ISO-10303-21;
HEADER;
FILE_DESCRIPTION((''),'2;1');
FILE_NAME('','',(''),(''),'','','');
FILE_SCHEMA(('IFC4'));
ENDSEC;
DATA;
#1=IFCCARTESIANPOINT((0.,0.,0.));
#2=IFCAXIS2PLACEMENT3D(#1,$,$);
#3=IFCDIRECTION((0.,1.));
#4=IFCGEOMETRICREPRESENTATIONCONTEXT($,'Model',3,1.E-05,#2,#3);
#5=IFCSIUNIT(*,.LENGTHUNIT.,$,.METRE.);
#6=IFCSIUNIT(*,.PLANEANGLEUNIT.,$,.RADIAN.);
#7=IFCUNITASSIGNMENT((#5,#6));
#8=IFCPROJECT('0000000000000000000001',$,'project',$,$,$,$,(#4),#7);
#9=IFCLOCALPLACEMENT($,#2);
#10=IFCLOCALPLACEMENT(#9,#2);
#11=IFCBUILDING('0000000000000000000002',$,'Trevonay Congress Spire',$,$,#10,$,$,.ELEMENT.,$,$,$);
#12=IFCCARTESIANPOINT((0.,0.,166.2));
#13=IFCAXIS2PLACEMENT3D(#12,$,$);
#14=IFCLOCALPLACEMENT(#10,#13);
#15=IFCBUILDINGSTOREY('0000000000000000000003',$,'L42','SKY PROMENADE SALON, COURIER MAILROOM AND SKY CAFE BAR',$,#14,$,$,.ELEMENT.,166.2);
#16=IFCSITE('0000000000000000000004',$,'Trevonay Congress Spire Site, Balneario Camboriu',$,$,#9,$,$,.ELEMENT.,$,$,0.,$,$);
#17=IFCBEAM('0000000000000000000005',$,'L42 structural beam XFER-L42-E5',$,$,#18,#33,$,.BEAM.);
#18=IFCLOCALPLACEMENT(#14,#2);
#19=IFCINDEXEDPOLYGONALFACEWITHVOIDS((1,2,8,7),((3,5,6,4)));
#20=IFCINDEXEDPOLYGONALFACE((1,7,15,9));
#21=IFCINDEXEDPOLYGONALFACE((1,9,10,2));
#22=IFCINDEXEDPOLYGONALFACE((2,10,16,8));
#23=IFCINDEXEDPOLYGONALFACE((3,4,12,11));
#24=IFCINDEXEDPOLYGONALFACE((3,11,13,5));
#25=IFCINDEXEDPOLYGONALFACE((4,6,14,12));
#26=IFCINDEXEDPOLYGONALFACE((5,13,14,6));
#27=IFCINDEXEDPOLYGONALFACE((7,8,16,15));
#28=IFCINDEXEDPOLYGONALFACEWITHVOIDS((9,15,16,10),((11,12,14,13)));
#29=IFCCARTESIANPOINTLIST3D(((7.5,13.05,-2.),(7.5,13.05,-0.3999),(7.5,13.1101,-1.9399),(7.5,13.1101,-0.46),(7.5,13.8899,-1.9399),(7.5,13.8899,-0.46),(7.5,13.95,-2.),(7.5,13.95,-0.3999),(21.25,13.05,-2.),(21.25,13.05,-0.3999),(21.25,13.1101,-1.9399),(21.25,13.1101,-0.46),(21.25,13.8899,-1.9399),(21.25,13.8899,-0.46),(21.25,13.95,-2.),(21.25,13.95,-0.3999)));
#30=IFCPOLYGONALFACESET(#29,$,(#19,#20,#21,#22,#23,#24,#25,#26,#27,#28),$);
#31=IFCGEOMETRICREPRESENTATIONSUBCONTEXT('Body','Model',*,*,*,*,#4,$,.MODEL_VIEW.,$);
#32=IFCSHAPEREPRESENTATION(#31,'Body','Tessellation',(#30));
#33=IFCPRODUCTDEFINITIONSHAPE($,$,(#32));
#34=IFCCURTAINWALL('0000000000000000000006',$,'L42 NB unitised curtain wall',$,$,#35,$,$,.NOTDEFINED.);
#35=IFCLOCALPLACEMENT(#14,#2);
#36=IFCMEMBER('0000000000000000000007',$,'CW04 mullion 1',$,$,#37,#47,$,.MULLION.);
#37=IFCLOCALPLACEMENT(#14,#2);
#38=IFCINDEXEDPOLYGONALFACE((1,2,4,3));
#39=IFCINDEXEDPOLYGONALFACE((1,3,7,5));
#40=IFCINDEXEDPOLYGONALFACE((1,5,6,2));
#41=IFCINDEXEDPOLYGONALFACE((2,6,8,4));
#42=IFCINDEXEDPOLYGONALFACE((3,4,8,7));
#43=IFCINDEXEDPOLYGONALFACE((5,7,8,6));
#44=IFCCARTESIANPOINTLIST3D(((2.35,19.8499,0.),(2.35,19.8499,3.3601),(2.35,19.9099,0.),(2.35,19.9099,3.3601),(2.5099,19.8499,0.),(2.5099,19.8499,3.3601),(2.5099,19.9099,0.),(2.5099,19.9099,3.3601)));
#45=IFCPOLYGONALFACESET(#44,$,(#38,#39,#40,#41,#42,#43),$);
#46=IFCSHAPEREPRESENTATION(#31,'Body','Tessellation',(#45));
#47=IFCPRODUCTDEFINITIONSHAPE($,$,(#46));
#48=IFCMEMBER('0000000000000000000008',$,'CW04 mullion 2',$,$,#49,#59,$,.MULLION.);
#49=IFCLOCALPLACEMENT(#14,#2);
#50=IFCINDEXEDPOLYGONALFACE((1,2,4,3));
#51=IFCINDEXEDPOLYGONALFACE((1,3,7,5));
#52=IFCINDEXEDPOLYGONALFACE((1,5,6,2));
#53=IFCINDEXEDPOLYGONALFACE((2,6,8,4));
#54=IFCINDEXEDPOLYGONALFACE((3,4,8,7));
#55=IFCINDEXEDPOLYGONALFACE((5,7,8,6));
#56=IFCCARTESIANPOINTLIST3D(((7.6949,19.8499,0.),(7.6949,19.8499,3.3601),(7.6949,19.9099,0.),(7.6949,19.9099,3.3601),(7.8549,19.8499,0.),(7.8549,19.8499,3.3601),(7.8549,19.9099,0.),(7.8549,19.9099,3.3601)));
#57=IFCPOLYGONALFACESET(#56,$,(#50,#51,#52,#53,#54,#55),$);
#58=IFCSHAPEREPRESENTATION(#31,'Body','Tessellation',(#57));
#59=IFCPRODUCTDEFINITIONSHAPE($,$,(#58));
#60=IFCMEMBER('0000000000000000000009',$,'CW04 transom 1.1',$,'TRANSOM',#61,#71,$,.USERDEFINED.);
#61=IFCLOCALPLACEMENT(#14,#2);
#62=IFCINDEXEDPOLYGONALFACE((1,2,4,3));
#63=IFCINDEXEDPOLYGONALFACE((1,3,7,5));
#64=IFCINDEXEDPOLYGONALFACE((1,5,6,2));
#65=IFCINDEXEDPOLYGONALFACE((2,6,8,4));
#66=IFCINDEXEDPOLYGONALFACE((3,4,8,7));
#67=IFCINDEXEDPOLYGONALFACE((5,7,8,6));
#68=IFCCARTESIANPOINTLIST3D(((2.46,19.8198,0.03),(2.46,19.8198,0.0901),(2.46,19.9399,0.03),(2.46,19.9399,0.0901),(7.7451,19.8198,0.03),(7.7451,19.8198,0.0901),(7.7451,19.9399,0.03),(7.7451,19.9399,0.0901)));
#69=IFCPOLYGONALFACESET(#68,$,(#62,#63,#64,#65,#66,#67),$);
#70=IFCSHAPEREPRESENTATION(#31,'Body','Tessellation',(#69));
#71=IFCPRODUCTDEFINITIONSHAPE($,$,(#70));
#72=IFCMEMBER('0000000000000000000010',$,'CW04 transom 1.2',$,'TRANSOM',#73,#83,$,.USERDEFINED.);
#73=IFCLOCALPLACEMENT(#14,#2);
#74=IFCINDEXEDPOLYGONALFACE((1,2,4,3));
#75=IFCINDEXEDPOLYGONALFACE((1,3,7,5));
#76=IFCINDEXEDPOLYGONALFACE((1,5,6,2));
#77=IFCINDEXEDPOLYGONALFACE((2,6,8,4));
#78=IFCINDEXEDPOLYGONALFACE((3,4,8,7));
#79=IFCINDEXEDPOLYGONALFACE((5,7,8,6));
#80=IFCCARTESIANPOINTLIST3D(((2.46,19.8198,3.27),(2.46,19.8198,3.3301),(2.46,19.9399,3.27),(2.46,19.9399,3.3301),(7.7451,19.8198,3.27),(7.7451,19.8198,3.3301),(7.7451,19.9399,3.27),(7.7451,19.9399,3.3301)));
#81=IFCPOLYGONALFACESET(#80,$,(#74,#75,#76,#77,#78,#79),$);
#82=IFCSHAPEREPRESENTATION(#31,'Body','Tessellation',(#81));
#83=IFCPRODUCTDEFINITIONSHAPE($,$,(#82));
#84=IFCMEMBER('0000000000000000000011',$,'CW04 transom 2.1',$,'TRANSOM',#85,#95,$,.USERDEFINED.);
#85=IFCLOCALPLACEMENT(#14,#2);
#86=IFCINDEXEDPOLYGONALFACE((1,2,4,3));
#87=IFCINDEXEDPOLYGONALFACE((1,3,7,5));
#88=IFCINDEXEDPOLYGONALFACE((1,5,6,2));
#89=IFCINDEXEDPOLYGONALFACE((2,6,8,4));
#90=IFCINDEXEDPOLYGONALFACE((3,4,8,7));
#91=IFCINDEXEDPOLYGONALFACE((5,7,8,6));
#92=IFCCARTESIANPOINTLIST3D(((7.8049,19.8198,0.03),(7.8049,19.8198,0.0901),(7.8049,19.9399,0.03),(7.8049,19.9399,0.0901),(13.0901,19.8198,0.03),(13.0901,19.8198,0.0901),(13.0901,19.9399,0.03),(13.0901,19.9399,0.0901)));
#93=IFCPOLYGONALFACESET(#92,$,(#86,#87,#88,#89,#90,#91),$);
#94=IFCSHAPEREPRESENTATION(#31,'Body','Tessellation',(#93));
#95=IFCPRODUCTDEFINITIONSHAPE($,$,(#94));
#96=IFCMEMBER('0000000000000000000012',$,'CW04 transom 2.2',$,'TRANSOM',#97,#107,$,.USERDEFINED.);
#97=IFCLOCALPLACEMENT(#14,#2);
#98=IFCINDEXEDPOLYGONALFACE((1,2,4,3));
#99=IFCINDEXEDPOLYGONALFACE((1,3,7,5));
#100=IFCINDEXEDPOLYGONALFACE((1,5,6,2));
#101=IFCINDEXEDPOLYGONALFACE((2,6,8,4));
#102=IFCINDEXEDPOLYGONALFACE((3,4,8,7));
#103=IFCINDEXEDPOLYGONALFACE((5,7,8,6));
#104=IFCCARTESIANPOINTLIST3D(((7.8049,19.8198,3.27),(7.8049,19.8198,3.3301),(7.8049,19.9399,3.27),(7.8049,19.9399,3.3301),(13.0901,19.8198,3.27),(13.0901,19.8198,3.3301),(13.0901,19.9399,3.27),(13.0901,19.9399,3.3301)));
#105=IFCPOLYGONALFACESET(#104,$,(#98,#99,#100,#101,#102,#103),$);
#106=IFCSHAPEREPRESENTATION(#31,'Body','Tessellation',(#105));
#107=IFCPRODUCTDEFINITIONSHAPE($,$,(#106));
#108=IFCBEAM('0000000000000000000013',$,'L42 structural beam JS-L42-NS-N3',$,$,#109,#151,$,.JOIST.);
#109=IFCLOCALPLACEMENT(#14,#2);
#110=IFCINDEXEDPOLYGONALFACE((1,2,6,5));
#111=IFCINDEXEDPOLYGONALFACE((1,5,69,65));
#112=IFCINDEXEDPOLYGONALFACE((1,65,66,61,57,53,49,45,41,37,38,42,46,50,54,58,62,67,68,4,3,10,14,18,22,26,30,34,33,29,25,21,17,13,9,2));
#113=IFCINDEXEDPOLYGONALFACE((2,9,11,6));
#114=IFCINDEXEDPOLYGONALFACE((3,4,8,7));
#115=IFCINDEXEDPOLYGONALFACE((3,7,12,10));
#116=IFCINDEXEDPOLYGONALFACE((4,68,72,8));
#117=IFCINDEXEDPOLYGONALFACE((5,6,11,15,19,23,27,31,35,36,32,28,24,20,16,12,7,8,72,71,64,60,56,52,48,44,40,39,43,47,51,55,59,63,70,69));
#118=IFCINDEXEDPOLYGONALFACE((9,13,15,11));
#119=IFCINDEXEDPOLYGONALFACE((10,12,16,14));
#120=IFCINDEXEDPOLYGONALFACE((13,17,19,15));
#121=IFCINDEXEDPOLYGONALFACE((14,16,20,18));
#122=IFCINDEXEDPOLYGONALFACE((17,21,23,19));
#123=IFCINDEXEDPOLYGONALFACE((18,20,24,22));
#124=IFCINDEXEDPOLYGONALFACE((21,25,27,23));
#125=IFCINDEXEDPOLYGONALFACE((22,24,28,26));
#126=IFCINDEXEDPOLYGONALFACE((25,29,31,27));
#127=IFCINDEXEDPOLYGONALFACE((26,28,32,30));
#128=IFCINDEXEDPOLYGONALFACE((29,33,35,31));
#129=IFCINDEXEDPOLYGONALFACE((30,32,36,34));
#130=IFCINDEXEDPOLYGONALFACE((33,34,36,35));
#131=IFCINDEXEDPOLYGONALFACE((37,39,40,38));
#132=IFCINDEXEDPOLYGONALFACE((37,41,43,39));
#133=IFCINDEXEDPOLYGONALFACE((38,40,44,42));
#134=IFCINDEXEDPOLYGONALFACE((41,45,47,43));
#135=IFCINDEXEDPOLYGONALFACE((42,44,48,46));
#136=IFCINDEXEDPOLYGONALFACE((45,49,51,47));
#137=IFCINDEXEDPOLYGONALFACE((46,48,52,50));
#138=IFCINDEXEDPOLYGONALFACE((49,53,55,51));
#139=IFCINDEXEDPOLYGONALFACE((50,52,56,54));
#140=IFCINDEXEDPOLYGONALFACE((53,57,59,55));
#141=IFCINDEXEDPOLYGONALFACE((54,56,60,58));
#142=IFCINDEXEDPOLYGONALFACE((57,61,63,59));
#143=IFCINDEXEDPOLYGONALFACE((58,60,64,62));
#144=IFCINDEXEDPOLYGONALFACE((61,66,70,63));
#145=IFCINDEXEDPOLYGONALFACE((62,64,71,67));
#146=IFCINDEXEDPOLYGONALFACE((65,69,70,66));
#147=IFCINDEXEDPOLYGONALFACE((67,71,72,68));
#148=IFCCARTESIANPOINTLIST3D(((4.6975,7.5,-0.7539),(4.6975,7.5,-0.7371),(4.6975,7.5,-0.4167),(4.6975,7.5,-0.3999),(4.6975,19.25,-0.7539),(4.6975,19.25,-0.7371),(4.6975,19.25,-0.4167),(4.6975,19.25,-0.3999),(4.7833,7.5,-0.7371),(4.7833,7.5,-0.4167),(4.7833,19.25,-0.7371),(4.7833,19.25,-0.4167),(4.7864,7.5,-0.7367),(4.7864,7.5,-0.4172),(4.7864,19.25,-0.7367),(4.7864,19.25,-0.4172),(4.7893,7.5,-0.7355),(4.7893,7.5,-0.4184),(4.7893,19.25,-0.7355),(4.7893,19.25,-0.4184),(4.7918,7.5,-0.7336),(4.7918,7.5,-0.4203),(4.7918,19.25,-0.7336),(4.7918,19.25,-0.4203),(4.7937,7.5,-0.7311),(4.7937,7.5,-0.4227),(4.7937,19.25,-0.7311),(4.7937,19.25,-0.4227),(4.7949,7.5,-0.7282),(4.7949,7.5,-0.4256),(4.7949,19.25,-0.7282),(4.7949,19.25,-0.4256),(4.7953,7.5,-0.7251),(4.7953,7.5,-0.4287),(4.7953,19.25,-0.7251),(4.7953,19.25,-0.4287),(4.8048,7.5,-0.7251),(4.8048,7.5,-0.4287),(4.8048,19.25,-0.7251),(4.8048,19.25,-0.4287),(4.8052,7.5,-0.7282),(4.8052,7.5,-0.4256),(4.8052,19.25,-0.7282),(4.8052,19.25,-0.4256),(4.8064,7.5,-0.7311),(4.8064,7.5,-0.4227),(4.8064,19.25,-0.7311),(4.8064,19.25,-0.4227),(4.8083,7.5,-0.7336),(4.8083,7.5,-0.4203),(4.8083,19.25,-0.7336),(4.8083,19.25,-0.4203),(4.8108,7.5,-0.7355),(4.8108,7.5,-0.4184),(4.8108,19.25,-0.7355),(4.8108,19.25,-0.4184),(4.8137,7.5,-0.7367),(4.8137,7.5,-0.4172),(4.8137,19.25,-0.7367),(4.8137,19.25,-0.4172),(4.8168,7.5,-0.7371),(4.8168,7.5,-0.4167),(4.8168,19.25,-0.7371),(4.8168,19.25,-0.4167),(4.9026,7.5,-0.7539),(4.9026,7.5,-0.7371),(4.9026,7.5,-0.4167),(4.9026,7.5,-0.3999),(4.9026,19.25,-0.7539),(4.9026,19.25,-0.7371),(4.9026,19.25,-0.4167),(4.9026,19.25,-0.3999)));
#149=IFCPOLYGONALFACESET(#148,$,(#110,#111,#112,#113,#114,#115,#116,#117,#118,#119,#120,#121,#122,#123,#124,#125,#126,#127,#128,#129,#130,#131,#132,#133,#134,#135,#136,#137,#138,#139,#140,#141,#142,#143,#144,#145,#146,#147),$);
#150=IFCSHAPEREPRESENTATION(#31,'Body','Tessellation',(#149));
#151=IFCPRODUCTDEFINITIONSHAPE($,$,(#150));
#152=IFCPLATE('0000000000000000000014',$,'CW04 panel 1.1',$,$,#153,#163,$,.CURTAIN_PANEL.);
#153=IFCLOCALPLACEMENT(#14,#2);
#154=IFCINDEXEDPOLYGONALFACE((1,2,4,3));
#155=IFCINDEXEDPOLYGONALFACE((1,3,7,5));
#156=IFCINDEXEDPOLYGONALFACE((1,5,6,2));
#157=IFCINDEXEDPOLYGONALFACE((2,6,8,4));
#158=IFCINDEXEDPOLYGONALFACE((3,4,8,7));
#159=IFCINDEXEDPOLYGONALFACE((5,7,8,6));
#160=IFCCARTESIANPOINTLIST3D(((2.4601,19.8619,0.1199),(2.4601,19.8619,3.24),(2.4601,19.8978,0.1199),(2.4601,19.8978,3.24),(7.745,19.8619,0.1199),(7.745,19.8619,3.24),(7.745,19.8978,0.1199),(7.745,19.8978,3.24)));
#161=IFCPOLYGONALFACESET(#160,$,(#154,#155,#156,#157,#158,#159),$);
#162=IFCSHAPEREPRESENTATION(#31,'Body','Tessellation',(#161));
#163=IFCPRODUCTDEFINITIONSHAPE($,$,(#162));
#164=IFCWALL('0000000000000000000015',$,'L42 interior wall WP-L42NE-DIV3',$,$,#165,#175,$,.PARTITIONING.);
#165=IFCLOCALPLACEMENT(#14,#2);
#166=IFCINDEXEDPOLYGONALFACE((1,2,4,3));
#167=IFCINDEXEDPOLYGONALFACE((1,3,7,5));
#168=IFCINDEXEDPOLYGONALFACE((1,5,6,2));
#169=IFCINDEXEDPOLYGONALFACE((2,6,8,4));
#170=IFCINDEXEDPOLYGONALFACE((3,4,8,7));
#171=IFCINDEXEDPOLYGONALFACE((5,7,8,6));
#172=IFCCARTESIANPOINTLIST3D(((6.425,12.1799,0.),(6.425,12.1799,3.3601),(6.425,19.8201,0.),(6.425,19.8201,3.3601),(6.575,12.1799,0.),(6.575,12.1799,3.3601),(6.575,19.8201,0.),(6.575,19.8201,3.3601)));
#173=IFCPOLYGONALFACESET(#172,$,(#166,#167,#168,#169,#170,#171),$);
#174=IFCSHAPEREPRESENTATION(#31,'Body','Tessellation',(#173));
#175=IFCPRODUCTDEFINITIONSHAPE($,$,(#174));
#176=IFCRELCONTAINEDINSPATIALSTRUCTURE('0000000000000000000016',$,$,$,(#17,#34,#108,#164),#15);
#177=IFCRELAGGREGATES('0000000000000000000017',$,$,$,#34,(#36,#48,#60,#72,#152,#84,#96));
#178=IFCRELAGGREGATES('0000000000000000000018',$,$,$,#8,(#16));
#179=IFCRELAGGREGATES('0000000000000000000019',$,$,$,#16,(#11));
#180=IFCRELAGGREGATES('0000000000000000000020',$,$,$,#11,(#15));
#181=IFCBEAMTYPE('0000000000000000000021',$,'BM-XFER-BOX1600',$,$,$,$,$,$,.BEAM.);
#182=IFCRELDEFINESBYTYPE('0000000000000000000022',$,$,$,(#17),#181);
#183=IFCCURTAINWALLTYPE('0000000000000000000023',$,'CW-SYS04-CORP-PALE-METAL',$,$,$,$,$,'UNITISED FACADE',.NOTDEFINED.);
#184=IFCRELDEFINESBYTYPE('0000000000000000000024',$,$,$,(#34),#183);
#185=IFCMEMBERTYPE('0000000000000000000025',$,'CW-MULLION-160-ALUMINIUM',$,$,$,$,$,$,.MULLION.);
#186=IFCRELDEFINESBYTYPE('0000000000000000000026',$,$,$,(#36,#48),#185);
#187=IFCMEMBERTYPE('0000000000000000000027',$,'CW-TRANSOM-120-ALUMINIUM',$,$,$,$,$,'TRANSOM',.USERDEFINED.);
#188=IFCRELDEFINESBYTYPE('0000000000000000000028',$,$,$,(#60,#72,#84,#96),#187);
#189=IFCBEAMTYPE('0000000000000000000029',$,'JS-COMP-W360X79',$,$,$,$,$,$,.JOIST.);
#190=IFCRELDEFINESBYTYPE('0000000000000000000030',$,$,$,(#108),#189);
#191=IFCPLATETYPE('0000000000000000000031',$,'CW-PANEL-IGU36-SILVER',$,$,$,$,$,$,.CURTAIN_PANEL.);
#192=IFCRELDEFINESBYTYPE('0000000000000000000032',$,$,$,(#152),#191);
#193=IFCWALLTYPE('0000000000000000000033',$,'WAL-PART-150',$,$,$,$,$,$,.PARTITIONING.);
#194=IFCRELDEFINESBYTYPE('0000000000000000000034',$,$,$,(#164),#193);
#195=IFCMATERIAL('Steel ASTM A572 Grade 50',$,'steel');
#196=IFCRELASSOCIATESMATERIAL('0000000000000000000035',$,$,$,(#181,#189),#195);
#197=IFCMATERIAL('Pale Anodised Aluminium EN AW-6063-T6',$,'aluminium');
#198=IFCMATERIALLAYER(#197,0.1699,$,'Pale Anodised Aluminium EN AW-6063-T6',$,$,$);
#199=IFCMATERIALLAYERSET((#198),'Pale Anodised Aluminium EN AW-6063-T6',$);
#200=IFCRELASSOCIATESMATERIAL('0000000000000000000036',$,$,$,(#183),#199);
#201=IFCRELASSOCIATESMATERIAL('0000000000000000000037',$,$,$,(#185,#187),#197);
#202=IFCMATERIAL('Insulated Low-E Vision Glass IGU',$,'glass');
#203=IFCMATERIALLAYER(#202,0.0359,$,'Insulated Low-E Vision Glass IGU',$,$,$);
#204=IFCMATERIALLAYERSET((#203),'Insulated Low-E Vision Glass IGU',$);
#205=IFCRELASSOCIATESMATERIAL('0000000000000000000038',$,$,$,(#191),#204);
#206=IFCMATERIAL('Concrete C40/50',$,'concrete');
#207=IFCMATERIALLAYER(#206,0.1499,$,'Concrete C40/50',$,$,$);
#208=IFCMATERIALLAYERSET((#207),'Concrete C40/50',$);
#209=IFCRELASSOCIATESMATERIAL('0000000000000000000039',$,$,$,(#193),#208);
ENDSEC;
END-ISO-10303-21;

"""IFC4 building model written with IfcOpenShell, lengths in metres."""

from ifc_helpers import new_model, si_unit, direction, frame, frame_2d, origin, origin_2d, place, context, subcontext, project, spatial, rectangle, hollow_rectangle, i_section, extrude, material, layer, layer_set, material_profile, profile_set, type_object, element, aggregate, save


model = new_model("IFC4")

# Units and contexts
model_context = context("Model", 3, precision=1e-05, world=origin(), true_north=direction((0.0, 1.0)))
body_context = subcontext(model_context, "Body", "Model", "MODEL_VIEW")
ifc_project = project(units=[si_unit("LENGTHUNIT", "METRE"), si_unit("PLANEANGLEUNIT", "RADIAN")], contexts=[model_context])

# Site, building, storey
site_placement = place(None, origin())
site = spatial("IfcSite", under=ifc_project, at=site_placement, Name="Trevonay Congress Spire Site, Balneario Camboriu", CompositionType="ELEMENT", RefElevation=0.0)
building_placement = place(site_placement, origin())
building = spatial("IfcBuilding", under=site, at=building_placement, Name="Trevonay Congress Spire", CompositionType="ELEMENT")
storey_placement = place(building_placement, frame((0.0, 0.0, 166.2)))
storey = spatial("IfcBuildingStorey", under=building, at=storey_placement, Name="L42", Description="SKY PROMENADE SALON, COURIER MAILROOM AND SKY CAFE BAR", CompositionType="ELEMENT", Elevation=166.2)

# Shared definitions
ifc_material_1 = material(Name="Steel ASTM A572 Grade 50", Category="steel")

# Beam
ifc_material_profile_1 = material_profile(ifc_material_1, hollow_rectangle(XDim=0.8999, YDim=1.6001, WallThickness=0.0601, at=origin_2d()), Name="BOX 1600x900x60")
ifc_profile_set_1 = profile_set([ifc_material_profile_1], Name="Steel ASTM A572 Grade 50")
beam_type_1 = type_object("IfcBeamType", Name="BM-XFER-BOX1600", PredefinedType="BEAM", material=ifc_profile_set_1)
for number, where, z_axis, x_axis, name in (
    (1, (7.5, 13.5, -1.2), (1.0, 0.0, 0.0), (0.0, 1.0, 0.0), "L42 structural beam XFER-L42-E5"),
):
    element("IfcBeam", number, at=place(storey_placement, frame(where, z_axis=z_axis, x_axis=x_axis)), inside=storey, type_object=beam_type_1, Name=name, PredefinedType="BEAM", context=body_context, shape_type="SweptSolid", body=[
        extrude(hollow_rectangle(XDim=0.8999, YDim=1.6001, WallThickness=0.0601, at=origin_2d()), origin(), (0.0, 0.0, 1.0), 13.75),
    ])

# Curtain wall, members
ifc_material_2 = material(Name="Pale Anodised Aluminium EN AW-6063-T6", Category="aluminium")
ifc_layer_1 = layer(ifc_material_2, 0.1699, Name="Pale Anodised Aluminium EN AW-6063-T6")
ifc_layer_set_1 = layer_set([ifc_layer_1], Name="Pale Anodised Aluminium EN AW-6063-T6")
curtain_wall_type = type_object("IfcCurtainWallType", Name="CW-SYS04-CORP-PALE-METAL", ElementType="UNITISED FACADE", PredefinedType="NOTDEFINED", material=ifc_layer_set_1)
curtain_wall_placement = place(storey_placement, origin())
curtain_wall = element("IfcCurtainWall", 2, at=curtain_wall_placement, inside=storey, type_object=curtain_wall_type, Name="L42 NB unitised curtain wall", PredefinedType="NOTDEFINED")
ifc_material_profile_2 = material_profile(ifc_material_2, rectangle(XDim=0.0601, YDim=0.1599, at=origin_2d()), Name="CW-MULLION-160-ALUMINIUM")
ifc_profile_set_2 = profile_set([ifc_material_profile_2], Name="Pale Anodised Aluminium EN AW-6063-T6")
member_type_1 = type_object("IfcMemberType", Name="CW-MULLION-160-ALUMINIUM", PredefinedType="MULLION", material=ifc_profile_set_2)
member_1_placement = place(storey_placement, frame((2.4299, 19.8799, 0.0), z_axis=(0.0, 0.0, 1.0), x_axis=(0.0, 1.0, 0.0)))
member_1 = element("IfcMember", 3, at=member_1_placement, type_object=member_type_1, Name="CW04 mullion 1", PredefinedType="MULLION", context=body_context, shape_type="SweptSolid", body=[
    extrude(rectangle(XDim=0.0601, YDim=0.1599, at=origin_2d()), origin(), (0.0, 0.0, 1.0), 3.3601),
])
member_2_placement = place(storey_placement, frame((7.7749, 19.8799, 0.0), z_axis=(0.0, 0.0, 1.0), x_axis=(0.0, 1.0, 0.0)))
member_2 = element("IfcMember", 4, at=member_2_placement, type_object=member_type_1, Name="CW04 mullion 2", PredefinedType="MULLION", context=body_context, shape_type="SweptSolid", body=[
    extrude(rectangle(XDim=0.0601, YDim=0.1599, at=origin_2d()), origin(), (0.0, 0.0, 1.0), 3.3601),
])
ifc_material_profile_3 = material_profile(ifc_material_2, rectangle(XDim=0.1201, YDim=0.0601, at=origin_2d()), Name="CW-TRANSOM-120-ALUMINIUM")
ifc_profile_set_3 = profile_set([ifc_material_profile_3], Name="Pale Anodised Aluminium EN AW-6063-T6")
member_type_2 = type_object("IfcMemberType", Name="CW-TRANSOM-120-ALUMINIUM", ElementType="TRANSOM", PredefinedType="USERDEFINED", material=ifc_profile_set_3)
member_3_placement = place(storey_placement, frame((2.46, 19.8799, 0.0601), z_axis=(1.0, 0.0, 0.0), x_axis=(0.0, 1.0, 0.0)))
member_3 = element("IfcMember", 5, at=member_3_placement, type_object=member_type_2, Name="CW04 transom 1.1", ObjectType="TRANSOM", PredefinedType="USERDEFINED", context=body_context, shape_type="SweptSolid", body=[
    extrude(rectangle(XDim=0.1201, YDim=0.0601, at=origin_2d()), origin(), (0.0, 0.0, 1.0), 5.2852),
])
member_4_placement = place(storey_placement, frame((2.46, 19.8799, 3.3), z_axis=(1.0, 0.0, 0.0), x_axis=(0.0, 1.0, 0.0)))
member_4 = element("IfcMember", 6, at=member_4_placement, type_object=member_type_2, Name="CW04 transom 1.2", ObjectType="TRANSOM", PredefinedType="USERDEFINED", context=body_context, shape_type="SweptSolid", body=[
    extrude(rectangle(XDim=0.1201, YDim=0.0601, at=origin_2d()), origin(), (0.0, 0.0, 1.0), 5.2852),
])
member_5_placement = place(storey_placement, frame((7.8049, 19.8799, 0.0601), z_axis=(1.0, 0.0, 0.0), x_axis=(0.0, 1.0, 0.0)))
member_5 = element("IfcMember", 7, at=member_5_placement, type_object=member_type_2, Name="CW04 transom 2.1", ObjectType="TRANSOM", PredefinedType="USERDEFINED", context=body_context, shape_type="SweptSolid", body=[
    extrude(rectangle(XDim=0.1201, YDim=0.0601, at=origin_2d()), origin(), (0.0, 0.0, 1.0), 5.2852),
])
member_6_placement = place(storey_placement, frame((7.8049, 19.8799, 3.3), z_axis=(1.0, 0.0, 0.0), x_axis=(0.0, 1.0, 0.0)))
member_6 = element("IfcMember", 8, at=member_6_placement, type_object=member_type_2, Name="CW04 transom 2.2", ObjectType="TRANSOM", PredefinedType="USERDEFINED", context=body_context, shape_type="SweptSolid", body=[
    extrude(rectangle(XDim=0.1201, YDim=0.0601, at=origin_2d()), origin(), (0.0, 0.0, 1.0), 5.2852),
])

# Beam
ifc_material_profile_4 = material_profile(ifc_material_1, i_section(OverallWidth=0.2051, OverallDepth=0.354, WebThickness=0.0095, FlangeThickness=0.0168, FilletRadius=0.012, at=origin_2d()), Name="W360x79")
ifc_profile_set_4 = profile_set([ifc_material_profile_4], Name="Steel ASTM A572 Grade 50")
beam_type_2 = type_object("IfcBeamType", Name="JS-COMP-W360X79", PredefinedType="JOIST", material=ifc_profile_set_4)
beam_1_placement = place(storey_placement, frame((4.8, 7.5, -0.5769), z_axis=(0.0, 1.0, 0.0), x_axis=(-1.0, 0.0, 0.0)))
element("IfcBeam", 9, at=beam_1_placement, inside=storey, type_object=beam_type_2, Name="L42 structural beam JS-L42-NS-N3", PredefinedType="JOIST", context=body_context, shape_type="SweptSolid", body=[
    extrude(i_section(OverallWidth=0.2051, OverallDepth=0.354, WebThickness=0.0095, FlangeThickness=0.0168, FilletRadius=0.012, at=origin_2d()), origin(), (0.0, 0.0, 1.0), 11.75),
])

# Plate
ifc_material_3 = material(Name="Insulated Low-E Vision Glass IGU", Category="glass")
ifc_layer_2 = layer(ifc_material_3, 0.0359, Name="Insulated Low-E Vision Glass IGU")
ifc_layer_set_2 = layer_set([ifc_layer_2], Name="Insulated Low-E Vision Glass IGU")
plate_type = type_object("IfcPlateType", Name="CW-PANEL-IGU36-SILVER", PredefinedType="CURTAIN_PANEL", material=ifc_layer_set_2)
plate_placement = place(storey_placement, frame((5.1025, 19.8799, 0.1199), z_axis=(0.0, 0.0, 1.0), x_axis=(1.0, 0.0, 0.0)))
plate = element("IfcPlate", 10, at=plate_placement, type_object=plate_type, Name="CW04 panel 1.1", PredefinedType="CURTAIN_PANEL", context=body_context, shape_type="SweptSolid", body=[
    extrude(rectangle(XDim=5.2849, YDim=0.0359, at=origin_2d()), origin(), (0.0, 0.0, 1.0), 3.1201),
])
aggregate(curtain_wall, [member_1, member_2, member_3, member_4, plate, member_5, member_6])

# Wall
ifc_material_4 = material(Name="Concrete C40/50", Category="concrete")
ifc_layer_3 = layer(ifc_material_4, 0.1499, Name="Concrete C40/50")
ifc_layer_set_3 = layer_set([ifc_layer_3], Name="Concrete C40/50")
wall_type_1 = type_object("IfcWallType", Name="WAL-PART-150", PredefinedType="PARTITIONING", material=ifc_layer_set_3)
wall_1_placement = place(storey_placement, frame((6.5, 12.1799, 0.0), z_axis=(0.0, 0.0, 1.0), x_axis=(0.0, 1.0, 0.0)))
element("IfcWall", 11, at=wall_1_placement, inside=storey, type_object=wall_type_1, Name="L42 interior wall WP-L42NE-DIV3", PredefinedType="PARTITIONING", context=body_context, shape_type="SweptSolid", body=[
    extrude(rectangle(XDim=7.6401, YDim=0.1499, at=frame_2d((3.8201, 0.0))), origin(), (0.0, 0.0, 1.0), 3.3601),
])

save(model, "model.ifc")
